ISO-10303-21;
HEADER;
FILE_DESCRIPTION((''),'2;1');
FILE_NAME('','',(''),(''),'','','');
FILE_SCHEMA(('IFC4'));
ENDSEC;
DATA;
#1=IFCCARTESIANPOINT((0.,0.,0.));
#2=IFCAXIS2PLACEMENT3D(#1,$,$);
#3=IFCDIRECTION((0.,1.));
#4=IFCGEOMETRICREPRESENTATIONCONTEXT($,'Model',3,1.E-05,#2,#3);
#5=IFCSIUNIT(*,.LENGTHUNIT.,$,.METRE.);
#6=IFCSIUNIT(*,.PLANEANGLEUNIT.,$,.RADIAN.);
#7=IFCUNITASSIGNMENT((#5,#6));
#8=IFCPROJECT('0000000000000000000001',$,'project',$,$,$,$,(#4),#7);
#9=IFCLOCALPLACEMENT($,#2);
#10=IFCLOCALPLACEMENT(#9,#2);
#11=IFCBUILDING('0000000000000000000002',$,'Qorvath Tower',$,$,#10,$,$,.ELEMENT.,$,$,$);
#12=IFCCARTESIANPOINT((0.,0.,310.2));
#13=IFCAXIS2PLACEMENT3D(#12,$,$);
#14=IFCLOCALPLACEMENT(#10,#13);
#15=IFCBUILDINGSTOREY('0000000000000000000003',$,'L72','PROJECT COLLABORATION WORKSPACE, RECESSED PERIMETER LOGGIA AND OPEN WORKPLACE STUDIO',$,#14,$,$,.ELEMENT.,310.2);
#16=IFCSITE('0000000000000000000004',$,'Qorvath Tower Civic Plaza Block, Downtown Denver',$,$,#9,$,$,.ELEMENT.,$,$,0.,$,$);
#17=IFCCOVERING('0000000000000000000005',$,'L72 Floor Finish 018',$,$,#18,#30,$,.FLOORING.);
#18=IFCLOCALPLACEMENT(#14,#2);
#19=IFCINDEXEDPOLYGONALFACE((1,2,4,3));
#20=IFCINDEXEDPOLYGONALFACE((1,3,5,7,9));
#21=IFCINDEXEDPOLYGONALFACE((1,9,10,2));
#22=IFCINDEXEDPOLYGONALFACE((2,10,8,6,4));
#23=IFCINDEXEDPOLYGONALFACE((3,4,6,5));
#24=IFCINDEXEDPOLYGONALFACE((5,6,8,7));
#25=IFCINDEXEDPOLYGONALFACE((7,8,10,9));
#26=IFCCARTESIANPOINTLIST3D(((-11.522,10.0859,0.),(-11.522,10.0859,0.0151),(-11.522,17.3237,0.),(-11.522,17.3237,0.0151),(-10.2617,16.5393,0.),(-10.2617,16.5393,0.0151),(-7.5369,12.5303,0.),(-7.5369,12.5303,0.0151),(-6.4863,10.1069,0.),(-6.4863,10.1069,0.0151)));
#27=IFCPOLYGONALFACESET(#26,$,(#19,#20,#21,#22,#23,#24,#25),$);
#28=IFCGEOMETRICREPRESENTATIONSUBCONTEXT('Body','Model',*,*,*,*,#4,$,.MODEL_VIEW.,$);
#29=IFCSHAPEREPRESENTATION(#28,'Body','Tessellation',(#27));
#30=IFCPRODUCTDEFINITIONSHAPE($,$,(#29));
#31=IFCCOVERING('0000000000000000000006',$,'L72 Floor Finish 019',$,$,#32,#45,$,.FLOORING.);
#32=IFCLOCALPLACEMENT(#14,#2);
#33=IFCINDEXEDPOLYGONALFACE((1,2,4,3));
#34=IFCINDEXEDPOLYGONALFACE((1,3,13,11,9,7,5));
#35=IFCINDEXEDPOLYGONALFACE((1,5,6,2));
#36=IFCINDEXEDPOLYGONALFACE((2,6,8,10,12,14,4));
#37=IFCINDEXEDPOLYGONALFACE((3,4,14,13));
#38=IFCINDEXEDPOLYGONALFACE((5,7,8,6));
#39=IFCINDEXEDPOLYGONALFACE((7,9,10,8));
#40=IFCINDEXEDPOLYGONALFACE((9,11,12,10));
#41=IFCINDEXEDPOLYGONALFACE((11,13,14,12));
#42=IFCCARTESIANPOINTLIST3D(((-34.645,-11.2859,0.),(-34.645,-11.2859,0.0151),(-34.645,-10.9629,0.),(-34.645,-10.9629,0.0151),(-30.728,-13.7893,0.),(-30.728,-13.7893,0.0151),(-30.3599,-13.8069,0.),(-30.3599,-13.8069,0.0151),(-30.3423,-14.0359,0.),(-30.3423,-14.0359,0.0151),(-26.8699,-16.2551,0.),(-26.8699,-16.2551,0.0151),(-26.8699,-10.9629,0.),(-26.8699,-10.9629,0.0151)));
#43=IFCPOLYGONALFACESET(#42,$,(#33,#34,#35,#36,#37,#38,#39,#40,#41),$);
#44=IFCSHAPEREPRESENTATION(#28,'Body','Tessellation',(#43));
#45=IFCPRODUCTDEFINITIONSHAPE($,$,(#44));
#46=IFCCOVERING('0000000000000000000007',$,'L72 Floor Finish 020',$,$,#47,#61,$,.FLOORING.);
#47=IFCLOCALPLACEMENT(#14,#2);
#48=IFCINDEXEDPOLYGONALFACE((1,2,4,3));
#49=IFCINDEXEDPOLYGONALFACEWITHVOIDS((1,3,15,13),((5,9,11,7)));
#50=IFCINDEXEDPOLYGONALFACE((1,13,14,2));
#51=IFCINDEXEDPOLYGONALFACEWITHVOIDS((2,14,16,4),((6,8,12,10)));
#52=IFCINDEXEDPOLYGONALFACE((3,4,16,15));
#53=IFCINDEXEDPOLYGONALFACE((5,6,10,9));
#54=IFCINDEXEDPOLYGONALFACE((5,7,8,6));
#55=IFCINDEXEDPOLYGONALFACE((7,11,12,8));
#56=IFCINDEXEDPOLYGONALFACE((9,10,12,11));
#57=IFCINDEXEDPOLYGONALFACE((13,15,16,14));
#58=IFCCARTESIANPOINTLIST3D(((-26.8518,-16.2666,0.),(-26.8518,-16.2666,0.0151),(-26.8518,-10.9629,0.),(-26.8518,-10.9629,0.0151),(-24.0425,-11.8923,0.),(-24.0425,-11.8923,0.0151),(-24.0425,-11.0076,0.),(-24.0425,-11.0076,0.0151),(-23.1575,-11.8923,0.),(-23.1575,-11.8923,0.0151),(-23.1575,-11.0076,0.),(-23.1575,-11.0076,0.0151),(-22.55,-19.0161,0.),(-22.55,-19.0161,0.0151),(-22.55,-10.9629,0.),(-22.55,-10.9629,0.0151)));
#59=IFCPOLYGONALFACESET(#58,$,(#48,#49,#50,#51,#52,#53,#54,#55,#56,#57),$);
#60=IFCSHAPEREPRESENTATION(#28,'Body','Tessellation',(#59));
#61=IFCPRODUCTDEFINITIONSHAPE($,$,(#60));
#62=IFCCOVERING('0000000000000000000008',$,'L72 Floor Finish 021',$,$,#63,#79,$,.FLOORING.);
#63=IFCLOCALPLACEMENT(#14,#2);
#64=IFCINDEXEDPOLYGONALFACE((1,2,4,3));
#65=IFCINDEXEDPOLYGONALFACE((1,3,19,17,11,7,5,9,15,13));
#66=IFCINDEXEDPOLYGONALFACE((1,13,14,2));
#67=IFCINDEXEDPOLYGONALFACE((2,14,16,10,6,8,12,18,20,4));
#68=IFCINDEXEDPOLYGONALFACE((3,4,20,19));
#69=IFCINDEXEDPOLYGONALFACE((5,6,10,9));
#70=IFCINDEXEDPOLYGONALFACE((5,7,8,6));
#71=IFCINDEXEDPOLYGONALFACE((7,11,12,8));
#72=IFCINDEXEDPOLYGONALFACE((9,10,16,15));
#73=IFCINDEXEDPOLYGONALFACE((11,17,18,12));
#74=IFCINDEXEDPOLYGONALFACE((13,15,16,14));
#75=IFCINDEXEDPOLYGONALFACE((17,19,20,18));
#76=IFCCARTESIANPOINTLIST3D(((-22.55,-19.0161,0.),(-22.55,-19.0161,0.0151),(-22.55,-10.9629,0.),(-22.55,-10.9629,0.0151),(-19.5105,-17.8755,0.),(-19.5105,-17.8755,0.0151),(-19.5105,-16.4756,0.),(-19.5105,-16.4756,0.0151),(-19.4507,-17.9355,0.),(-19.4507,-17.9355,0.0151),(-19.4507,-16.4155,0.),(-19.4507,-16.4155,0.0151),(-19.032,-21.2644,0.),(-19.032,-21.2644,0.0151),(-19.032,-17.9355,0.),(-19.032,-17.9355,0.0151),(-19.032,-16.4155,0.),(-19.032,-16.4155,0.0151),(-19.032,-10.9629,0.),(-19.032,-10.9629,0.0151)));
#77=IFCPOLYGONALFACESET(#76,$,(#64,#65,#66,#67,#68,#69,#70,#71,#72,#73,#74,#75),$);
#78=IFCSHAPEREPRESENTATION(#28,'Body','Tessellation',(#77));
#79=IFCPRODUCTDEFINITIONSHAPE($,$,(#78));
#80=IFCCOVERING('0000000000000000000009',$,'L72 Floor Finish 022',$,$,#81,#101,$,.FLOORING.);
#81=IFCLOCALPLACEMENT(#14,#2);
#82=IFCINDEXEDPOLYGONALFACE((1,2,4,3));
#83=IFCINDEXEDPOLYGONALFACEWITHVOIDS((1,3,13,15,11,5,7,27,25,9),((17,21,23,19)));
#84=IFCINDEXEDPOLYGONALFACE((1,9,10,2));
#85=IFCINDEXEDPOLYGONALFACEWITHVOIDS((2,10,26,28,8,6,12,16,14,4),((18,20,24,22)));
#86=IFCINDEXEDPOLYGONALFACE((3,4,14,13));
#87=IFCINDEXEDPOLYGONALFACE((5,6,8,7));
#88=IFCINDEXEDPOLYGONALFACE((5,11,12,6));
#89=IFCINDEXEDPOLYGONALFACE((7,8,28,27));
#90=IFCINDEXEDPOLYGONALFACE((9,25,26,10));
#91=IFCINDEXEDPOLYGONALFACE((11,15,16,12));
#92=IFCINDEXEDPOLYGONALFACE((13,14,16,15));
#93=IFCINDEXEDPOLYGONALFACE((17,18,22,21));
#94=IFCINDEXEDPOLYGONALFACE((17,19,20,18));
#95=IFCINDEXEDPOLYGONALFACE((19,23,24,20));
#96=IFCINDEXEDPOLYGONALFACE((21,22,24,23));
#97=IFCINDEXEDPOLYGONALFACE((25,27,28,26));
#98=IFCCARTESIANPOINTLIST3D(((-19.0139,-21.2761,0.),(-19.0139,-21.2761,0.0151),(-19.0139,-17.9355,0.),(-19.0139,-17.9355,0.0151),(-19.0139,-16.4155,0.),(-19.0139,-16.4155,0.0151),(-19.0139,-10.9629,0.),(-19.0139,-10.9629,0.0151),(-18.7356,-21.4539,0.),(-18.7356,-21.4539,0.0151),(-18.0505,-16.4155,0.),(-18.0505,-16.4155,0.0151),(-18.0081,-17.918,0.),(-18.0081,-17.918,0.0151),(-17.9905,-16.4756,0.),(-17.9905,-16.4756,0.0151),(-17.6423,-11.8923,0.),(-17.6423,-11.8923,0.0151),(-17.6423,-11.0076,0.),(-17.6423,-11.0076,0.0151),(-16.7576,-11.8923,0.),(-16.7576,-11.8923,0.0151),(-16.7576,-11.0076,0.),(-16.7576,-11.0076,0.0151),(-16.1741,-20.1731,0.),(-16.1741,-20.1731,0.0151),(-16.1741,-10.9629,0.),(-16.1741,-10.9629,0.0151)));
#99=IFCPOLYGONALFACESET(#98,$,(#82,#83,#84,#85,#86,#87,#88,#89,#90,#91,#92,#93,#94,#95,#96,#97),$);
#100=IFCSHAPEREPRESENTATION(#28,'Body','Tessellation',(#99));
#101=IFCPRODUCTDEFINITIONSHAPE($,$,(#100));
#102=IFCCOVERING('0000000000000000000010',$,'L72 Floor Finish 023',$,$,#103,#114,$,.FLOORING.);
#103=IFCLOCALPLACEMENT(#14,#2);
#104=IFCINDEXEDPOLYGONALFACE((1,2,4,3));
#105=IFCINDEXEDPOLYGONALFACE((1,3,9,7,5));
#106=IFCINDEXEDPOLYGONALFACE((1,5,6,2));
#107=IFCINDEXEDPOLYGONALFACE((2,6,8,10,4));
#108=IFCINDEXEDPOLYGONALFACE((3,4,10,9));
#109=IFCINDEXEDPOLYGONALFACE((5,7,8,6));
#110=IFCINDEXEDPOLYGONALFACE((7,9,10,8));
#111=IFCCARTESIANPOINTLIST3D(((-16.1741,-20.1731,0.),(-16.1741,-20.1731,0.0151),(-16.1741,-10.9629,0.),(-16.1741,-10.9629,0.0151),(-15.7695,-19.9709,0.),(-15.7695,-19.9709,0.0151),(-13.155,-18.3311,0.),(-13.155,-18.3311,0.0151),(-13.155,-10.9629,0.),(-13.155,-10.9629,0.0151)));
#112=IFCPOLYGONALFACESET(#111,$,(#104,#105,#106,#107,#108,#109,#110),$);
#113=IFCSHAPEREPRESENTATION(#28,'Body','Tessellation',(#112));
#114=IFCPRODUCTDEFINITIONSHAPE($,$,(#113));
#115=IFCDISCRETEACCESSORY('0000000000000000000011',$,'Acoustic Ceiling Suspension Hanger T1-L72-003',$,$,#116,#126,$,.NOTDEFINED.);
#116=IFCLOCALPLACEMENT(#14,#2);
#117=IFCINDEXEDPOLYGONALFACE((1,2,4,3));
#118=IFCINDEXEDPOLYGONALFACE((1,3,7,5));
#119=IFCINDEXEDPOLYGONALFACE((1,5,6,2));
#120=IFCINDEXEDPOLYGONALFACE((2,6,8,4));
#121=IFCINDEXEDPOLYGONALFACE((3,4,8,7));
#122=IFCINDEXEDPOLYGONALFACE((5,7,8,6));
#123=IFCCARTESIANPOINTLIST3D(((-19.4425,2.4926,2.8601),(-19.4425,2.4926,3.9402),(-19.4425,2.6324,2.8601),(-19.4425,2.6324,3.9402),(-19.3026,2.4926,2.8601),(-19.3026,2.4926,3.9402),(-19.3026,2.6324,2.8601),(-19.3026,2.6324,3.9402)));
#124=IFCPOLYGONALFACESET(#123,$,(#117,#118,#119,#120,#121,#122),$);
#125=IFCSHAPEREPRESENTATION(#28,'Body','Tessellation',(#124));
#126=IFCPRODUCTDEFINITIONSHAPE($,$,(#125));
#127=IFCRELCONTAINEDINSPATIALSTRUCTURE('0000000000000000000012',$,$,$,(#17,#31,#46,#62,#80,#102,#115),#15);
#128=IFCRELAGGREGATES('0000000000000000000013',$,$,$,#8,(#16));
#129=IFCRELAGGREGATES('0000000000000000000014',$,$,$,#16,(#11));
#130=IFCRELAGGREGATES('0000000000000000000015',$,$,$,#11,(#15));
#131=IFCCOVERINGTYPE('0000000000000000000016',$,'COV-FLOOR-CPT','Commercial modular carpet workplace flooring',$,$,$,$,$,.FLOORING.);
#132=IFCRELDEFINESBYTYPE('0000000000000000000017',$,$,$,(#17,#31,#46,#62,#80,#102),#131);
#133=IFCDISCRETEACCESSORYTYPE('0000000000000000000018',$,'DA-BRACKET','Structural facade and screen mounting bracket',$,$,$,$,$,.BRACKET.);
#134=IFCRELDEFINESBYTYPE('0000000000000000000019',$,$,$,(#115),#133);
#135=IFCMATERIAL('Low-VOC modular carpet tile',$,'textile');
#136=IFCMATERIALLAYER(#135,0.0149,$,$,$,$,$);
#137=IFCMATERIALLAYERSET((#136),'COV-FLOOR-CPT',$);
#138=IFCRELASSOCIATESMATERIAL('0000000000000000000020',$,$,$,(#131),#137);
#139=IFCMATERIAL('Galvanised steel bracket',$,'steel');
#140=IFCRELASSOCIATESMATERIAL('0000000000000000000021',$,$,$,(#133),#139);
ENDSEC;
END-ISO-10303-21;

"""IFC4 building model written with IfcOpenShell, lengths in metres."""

from ifc_helpers import new_model, si_unit, direction, frame, origin, origin_2d, place, context, subcontext, project, spatial, polyline, rectangle, outline, extrude, material, layer, layer_set, type_object, element, save


model = new_model("IFC4")

# Units and contexts
model_context = context("Model", 3, precision=1e-05, world=origin(), true_north=direction((0.0, 1.0)))
body_context = subcontext(model_context, "Body", "Model", "MODEL_VIEW")
ifc_project = project(units=[si_unit("LENGTHUNIT", "METRE"), si_unit("PLANEANGLEUNIT", "RADIAN")], contexts=[model_context])

# Site, building, storey
site_placement = place(None, origin())
site = spatial("IfcSite", under=ifc_project, at=site_placement, Name="Qorvath Tower Civic Plaza Block, Downtown Denver", CompositionType="ELEMENT", RefElevation=0.0)
building_placement = place(site_placement, origin())
building = spatial("IfcBuilding", under=site, at=building_placement, Name="Qorvath Tower", CompositionType="ELEMENT")
storey_placement = place(building_placement, frame((0.0, 0.0, 310.2)))
storey = spatial("IfcBuildingStorey", under=building, at=storey_placement, Name="L72", Description="PROJECT COLLABORATION WORKSPACE, RECESSED PERIMETER LOGGIA AND OPEN WORKPLACE STUDIO", CompositionType="ELEMENT", Elevation=310.2)

# Coverings
ifc_material_1 = material(Name="Low-VOC modular carpet tile", Category="textile")
ifc_layer_1 = layer(ifc_material_1, 0.0149)
ifc_layer_set_1 = layer_set([ifc_layer_1], Name="COV-FLOOR-CPT")
covering_type_1 = type_object("IfcCoveringType", Name="COV-FLOOR-CPT", Description="Commercial modular carpet workplace flooring", PredefinedType="FLOORING", material=ifc_layer_set_1)
covering_1_placement = place(storey_placement, origin())
element("IfcCovering", 1, at=covering_1_placement, inside=storey, type_object=covering_type_1, Name="L72 Floor Finish 018", PredefinedType="FLOORING", context=body_context, shape_type="SweptSolid", body=[
    extrude(outline(polyline([(-11.522, 17.3237), (-11.522, 10.0859), (-6.4863, 10.1069), (-7.5369, 12.5303), (-10.2617, 16.5393), (-11.522, 17.3237)])), origin(), (0.0, 0.0, 1.0), 0.0151),
])
covering_2_placement = place(storey_placement, origin())
element("IfcCovering", 2, at=covering_2_placement, inside=storey, type_object=covering_type_1, Name="L72 Floor Finish 019", PredefinedType="FLOORING", context=body_context, shape_type="SweptSolid", body=[
    extrude(outline(polyline([(-34.645, -11.2859), (-30.728, -13.7893), (-30.3599, -13.8069), (-30.3423, -14.0359), (-26.8699, -16.2551), (-26.8699, -10.9629), (-34.645, -10.9629), (-34.645, -11.2859)])), origin(), (0.0, 0.0, 1.0), 0.0151),
])
covering_3_placement = place(storey_placement, origin())
element("IfcCovering", 3, at=covering_3_placement, inside=storey, type_object=covering_type_1, Name="L72 Floor Finish 020", PredefinedType="FLOORING", context=body_context, shape_type="SweptSolid", body=[
    extrude(outline(polyline([(-26.8518, -16.2666), (-22.55, -19.0161), (-22.55, -10.9629), (-26.8518, -10.9629), (-26.8518, -16.2666)]), holes=[polyline([(-24.0425, -11.8923), (-24.0425, -11.0076), (-23.1575, -11.0076), (-23.1575, -11.8923), (-24.0425, -11.8923)])]), origin(), (0.0, 0.0, 1.0), 0.0151),
])
covering_4_placement = place(storey_placement, origin())
element("IfcCovering", 4, at=covering_4_placement, inside=storey, type_object=covering_type_1, Name="L72 Floor Finish 021", PredefinedType="FLOORING", context=body_context, shape_type="SweptSolid", body=[
    extrude(outline(polyline([(-22.55, -10.9629), (-22.55, -19.0161), (-19.032, -21.2644), (-19.032, -17.9355), (-19.4507, -17.9355), (-19.5105, -17.8755), (-19.5105, -16.4756), (-19.4507, -16.4155), (-19.032, -16.4155), (-19.032, -10.9629), (-22.55, -10.9629)])), origin(), (0.0, 0.0, 1.0), 0.0151),
])
covering_5_placement = place(storey_placement, origin())
element("IfcCovering", 5, at=covering_5_placement, inside=storey, type_object=covering_type_1, Name="L72 Floor Finish 022", PredefinedType="FLOORING", context=body_context, shape_type="SweptSolid", body=[
    extrude(outline(polyline([(-16.1741, -20.1731), (-16.1741, -10.9629), (-19.0139, -10.9629), (-19.0139, -16.4155), (-18.0505, -16.4155), (-17.9905, -16.4756), (-18.0081, -17.918), (-19.0139, -17.9355), (-19.0139, -21.2761), (-18.7356, -21.4539), (-16.1741, -20.1731)]), holes=[polyline([(-17.6423, -11.8923), (-17.6423, -11.0076), (-16.7576, -11.0076), (-16.7576, -11.8923), (-17.6423, -11.8923)])]), origin(), (0.0, 0.0, 1.0), 0.0151),
])
covering_6_placement = place(storey_placement, origin())
element("IfcCovering", 6, at=covering_6_placement, inside=storey, type_object=covering_type_1, Name="L72 Floor Finish 023", PredefinedType="FLOORING", context=body_context, shape_type="SweptSolid", body=[
    extrude(outline(polyline([(-13.155, -10.9629), (-16.1741, -10.9629), (-16.1741, -20.1731), (-15.7695, -19.9709), (-13.155, -18.3311), (-13.155, -10.9629)])), origin(), (0.0, 0.0, 1.0), 0.0151),
])

# Discrete accessory
ifc_material_2 = material(Name="Galvanised steel bracket", Category="steel")
discrete_accessory_type = type_object("IfcDiscreteAccessoryType", Name="DA-BRACKET", Description="Structural facade and screen mounting bracket", PredefinedType="BRACKET", material=ifc_material_2)
discrete_accessory_placement = place(storey_placement, frame((-19.3726, 2.5625, 2.8601), z_axis=(0.0, 0.0, 1.0), x_axis=(1.0, 0.0, 0.0)))
element("IfcDiscreteAccessory", 7, at=discrete_accessory_placement, inside=storey, type_object=discrete_accessory_type, Name="Acoustic Ceiling Suspension Hanger T1-L72-003", PredefinedType="NOTDEFINED", context=body_context, shape_type="SweptSolid", body=[
    extrude(rectangle(XDim=0.1399, YDim=0.1399, at=origin_2d()), origin(), (0.0, 0.0, 1.0), 1.0801),
])

save(model, "model.ifc")
